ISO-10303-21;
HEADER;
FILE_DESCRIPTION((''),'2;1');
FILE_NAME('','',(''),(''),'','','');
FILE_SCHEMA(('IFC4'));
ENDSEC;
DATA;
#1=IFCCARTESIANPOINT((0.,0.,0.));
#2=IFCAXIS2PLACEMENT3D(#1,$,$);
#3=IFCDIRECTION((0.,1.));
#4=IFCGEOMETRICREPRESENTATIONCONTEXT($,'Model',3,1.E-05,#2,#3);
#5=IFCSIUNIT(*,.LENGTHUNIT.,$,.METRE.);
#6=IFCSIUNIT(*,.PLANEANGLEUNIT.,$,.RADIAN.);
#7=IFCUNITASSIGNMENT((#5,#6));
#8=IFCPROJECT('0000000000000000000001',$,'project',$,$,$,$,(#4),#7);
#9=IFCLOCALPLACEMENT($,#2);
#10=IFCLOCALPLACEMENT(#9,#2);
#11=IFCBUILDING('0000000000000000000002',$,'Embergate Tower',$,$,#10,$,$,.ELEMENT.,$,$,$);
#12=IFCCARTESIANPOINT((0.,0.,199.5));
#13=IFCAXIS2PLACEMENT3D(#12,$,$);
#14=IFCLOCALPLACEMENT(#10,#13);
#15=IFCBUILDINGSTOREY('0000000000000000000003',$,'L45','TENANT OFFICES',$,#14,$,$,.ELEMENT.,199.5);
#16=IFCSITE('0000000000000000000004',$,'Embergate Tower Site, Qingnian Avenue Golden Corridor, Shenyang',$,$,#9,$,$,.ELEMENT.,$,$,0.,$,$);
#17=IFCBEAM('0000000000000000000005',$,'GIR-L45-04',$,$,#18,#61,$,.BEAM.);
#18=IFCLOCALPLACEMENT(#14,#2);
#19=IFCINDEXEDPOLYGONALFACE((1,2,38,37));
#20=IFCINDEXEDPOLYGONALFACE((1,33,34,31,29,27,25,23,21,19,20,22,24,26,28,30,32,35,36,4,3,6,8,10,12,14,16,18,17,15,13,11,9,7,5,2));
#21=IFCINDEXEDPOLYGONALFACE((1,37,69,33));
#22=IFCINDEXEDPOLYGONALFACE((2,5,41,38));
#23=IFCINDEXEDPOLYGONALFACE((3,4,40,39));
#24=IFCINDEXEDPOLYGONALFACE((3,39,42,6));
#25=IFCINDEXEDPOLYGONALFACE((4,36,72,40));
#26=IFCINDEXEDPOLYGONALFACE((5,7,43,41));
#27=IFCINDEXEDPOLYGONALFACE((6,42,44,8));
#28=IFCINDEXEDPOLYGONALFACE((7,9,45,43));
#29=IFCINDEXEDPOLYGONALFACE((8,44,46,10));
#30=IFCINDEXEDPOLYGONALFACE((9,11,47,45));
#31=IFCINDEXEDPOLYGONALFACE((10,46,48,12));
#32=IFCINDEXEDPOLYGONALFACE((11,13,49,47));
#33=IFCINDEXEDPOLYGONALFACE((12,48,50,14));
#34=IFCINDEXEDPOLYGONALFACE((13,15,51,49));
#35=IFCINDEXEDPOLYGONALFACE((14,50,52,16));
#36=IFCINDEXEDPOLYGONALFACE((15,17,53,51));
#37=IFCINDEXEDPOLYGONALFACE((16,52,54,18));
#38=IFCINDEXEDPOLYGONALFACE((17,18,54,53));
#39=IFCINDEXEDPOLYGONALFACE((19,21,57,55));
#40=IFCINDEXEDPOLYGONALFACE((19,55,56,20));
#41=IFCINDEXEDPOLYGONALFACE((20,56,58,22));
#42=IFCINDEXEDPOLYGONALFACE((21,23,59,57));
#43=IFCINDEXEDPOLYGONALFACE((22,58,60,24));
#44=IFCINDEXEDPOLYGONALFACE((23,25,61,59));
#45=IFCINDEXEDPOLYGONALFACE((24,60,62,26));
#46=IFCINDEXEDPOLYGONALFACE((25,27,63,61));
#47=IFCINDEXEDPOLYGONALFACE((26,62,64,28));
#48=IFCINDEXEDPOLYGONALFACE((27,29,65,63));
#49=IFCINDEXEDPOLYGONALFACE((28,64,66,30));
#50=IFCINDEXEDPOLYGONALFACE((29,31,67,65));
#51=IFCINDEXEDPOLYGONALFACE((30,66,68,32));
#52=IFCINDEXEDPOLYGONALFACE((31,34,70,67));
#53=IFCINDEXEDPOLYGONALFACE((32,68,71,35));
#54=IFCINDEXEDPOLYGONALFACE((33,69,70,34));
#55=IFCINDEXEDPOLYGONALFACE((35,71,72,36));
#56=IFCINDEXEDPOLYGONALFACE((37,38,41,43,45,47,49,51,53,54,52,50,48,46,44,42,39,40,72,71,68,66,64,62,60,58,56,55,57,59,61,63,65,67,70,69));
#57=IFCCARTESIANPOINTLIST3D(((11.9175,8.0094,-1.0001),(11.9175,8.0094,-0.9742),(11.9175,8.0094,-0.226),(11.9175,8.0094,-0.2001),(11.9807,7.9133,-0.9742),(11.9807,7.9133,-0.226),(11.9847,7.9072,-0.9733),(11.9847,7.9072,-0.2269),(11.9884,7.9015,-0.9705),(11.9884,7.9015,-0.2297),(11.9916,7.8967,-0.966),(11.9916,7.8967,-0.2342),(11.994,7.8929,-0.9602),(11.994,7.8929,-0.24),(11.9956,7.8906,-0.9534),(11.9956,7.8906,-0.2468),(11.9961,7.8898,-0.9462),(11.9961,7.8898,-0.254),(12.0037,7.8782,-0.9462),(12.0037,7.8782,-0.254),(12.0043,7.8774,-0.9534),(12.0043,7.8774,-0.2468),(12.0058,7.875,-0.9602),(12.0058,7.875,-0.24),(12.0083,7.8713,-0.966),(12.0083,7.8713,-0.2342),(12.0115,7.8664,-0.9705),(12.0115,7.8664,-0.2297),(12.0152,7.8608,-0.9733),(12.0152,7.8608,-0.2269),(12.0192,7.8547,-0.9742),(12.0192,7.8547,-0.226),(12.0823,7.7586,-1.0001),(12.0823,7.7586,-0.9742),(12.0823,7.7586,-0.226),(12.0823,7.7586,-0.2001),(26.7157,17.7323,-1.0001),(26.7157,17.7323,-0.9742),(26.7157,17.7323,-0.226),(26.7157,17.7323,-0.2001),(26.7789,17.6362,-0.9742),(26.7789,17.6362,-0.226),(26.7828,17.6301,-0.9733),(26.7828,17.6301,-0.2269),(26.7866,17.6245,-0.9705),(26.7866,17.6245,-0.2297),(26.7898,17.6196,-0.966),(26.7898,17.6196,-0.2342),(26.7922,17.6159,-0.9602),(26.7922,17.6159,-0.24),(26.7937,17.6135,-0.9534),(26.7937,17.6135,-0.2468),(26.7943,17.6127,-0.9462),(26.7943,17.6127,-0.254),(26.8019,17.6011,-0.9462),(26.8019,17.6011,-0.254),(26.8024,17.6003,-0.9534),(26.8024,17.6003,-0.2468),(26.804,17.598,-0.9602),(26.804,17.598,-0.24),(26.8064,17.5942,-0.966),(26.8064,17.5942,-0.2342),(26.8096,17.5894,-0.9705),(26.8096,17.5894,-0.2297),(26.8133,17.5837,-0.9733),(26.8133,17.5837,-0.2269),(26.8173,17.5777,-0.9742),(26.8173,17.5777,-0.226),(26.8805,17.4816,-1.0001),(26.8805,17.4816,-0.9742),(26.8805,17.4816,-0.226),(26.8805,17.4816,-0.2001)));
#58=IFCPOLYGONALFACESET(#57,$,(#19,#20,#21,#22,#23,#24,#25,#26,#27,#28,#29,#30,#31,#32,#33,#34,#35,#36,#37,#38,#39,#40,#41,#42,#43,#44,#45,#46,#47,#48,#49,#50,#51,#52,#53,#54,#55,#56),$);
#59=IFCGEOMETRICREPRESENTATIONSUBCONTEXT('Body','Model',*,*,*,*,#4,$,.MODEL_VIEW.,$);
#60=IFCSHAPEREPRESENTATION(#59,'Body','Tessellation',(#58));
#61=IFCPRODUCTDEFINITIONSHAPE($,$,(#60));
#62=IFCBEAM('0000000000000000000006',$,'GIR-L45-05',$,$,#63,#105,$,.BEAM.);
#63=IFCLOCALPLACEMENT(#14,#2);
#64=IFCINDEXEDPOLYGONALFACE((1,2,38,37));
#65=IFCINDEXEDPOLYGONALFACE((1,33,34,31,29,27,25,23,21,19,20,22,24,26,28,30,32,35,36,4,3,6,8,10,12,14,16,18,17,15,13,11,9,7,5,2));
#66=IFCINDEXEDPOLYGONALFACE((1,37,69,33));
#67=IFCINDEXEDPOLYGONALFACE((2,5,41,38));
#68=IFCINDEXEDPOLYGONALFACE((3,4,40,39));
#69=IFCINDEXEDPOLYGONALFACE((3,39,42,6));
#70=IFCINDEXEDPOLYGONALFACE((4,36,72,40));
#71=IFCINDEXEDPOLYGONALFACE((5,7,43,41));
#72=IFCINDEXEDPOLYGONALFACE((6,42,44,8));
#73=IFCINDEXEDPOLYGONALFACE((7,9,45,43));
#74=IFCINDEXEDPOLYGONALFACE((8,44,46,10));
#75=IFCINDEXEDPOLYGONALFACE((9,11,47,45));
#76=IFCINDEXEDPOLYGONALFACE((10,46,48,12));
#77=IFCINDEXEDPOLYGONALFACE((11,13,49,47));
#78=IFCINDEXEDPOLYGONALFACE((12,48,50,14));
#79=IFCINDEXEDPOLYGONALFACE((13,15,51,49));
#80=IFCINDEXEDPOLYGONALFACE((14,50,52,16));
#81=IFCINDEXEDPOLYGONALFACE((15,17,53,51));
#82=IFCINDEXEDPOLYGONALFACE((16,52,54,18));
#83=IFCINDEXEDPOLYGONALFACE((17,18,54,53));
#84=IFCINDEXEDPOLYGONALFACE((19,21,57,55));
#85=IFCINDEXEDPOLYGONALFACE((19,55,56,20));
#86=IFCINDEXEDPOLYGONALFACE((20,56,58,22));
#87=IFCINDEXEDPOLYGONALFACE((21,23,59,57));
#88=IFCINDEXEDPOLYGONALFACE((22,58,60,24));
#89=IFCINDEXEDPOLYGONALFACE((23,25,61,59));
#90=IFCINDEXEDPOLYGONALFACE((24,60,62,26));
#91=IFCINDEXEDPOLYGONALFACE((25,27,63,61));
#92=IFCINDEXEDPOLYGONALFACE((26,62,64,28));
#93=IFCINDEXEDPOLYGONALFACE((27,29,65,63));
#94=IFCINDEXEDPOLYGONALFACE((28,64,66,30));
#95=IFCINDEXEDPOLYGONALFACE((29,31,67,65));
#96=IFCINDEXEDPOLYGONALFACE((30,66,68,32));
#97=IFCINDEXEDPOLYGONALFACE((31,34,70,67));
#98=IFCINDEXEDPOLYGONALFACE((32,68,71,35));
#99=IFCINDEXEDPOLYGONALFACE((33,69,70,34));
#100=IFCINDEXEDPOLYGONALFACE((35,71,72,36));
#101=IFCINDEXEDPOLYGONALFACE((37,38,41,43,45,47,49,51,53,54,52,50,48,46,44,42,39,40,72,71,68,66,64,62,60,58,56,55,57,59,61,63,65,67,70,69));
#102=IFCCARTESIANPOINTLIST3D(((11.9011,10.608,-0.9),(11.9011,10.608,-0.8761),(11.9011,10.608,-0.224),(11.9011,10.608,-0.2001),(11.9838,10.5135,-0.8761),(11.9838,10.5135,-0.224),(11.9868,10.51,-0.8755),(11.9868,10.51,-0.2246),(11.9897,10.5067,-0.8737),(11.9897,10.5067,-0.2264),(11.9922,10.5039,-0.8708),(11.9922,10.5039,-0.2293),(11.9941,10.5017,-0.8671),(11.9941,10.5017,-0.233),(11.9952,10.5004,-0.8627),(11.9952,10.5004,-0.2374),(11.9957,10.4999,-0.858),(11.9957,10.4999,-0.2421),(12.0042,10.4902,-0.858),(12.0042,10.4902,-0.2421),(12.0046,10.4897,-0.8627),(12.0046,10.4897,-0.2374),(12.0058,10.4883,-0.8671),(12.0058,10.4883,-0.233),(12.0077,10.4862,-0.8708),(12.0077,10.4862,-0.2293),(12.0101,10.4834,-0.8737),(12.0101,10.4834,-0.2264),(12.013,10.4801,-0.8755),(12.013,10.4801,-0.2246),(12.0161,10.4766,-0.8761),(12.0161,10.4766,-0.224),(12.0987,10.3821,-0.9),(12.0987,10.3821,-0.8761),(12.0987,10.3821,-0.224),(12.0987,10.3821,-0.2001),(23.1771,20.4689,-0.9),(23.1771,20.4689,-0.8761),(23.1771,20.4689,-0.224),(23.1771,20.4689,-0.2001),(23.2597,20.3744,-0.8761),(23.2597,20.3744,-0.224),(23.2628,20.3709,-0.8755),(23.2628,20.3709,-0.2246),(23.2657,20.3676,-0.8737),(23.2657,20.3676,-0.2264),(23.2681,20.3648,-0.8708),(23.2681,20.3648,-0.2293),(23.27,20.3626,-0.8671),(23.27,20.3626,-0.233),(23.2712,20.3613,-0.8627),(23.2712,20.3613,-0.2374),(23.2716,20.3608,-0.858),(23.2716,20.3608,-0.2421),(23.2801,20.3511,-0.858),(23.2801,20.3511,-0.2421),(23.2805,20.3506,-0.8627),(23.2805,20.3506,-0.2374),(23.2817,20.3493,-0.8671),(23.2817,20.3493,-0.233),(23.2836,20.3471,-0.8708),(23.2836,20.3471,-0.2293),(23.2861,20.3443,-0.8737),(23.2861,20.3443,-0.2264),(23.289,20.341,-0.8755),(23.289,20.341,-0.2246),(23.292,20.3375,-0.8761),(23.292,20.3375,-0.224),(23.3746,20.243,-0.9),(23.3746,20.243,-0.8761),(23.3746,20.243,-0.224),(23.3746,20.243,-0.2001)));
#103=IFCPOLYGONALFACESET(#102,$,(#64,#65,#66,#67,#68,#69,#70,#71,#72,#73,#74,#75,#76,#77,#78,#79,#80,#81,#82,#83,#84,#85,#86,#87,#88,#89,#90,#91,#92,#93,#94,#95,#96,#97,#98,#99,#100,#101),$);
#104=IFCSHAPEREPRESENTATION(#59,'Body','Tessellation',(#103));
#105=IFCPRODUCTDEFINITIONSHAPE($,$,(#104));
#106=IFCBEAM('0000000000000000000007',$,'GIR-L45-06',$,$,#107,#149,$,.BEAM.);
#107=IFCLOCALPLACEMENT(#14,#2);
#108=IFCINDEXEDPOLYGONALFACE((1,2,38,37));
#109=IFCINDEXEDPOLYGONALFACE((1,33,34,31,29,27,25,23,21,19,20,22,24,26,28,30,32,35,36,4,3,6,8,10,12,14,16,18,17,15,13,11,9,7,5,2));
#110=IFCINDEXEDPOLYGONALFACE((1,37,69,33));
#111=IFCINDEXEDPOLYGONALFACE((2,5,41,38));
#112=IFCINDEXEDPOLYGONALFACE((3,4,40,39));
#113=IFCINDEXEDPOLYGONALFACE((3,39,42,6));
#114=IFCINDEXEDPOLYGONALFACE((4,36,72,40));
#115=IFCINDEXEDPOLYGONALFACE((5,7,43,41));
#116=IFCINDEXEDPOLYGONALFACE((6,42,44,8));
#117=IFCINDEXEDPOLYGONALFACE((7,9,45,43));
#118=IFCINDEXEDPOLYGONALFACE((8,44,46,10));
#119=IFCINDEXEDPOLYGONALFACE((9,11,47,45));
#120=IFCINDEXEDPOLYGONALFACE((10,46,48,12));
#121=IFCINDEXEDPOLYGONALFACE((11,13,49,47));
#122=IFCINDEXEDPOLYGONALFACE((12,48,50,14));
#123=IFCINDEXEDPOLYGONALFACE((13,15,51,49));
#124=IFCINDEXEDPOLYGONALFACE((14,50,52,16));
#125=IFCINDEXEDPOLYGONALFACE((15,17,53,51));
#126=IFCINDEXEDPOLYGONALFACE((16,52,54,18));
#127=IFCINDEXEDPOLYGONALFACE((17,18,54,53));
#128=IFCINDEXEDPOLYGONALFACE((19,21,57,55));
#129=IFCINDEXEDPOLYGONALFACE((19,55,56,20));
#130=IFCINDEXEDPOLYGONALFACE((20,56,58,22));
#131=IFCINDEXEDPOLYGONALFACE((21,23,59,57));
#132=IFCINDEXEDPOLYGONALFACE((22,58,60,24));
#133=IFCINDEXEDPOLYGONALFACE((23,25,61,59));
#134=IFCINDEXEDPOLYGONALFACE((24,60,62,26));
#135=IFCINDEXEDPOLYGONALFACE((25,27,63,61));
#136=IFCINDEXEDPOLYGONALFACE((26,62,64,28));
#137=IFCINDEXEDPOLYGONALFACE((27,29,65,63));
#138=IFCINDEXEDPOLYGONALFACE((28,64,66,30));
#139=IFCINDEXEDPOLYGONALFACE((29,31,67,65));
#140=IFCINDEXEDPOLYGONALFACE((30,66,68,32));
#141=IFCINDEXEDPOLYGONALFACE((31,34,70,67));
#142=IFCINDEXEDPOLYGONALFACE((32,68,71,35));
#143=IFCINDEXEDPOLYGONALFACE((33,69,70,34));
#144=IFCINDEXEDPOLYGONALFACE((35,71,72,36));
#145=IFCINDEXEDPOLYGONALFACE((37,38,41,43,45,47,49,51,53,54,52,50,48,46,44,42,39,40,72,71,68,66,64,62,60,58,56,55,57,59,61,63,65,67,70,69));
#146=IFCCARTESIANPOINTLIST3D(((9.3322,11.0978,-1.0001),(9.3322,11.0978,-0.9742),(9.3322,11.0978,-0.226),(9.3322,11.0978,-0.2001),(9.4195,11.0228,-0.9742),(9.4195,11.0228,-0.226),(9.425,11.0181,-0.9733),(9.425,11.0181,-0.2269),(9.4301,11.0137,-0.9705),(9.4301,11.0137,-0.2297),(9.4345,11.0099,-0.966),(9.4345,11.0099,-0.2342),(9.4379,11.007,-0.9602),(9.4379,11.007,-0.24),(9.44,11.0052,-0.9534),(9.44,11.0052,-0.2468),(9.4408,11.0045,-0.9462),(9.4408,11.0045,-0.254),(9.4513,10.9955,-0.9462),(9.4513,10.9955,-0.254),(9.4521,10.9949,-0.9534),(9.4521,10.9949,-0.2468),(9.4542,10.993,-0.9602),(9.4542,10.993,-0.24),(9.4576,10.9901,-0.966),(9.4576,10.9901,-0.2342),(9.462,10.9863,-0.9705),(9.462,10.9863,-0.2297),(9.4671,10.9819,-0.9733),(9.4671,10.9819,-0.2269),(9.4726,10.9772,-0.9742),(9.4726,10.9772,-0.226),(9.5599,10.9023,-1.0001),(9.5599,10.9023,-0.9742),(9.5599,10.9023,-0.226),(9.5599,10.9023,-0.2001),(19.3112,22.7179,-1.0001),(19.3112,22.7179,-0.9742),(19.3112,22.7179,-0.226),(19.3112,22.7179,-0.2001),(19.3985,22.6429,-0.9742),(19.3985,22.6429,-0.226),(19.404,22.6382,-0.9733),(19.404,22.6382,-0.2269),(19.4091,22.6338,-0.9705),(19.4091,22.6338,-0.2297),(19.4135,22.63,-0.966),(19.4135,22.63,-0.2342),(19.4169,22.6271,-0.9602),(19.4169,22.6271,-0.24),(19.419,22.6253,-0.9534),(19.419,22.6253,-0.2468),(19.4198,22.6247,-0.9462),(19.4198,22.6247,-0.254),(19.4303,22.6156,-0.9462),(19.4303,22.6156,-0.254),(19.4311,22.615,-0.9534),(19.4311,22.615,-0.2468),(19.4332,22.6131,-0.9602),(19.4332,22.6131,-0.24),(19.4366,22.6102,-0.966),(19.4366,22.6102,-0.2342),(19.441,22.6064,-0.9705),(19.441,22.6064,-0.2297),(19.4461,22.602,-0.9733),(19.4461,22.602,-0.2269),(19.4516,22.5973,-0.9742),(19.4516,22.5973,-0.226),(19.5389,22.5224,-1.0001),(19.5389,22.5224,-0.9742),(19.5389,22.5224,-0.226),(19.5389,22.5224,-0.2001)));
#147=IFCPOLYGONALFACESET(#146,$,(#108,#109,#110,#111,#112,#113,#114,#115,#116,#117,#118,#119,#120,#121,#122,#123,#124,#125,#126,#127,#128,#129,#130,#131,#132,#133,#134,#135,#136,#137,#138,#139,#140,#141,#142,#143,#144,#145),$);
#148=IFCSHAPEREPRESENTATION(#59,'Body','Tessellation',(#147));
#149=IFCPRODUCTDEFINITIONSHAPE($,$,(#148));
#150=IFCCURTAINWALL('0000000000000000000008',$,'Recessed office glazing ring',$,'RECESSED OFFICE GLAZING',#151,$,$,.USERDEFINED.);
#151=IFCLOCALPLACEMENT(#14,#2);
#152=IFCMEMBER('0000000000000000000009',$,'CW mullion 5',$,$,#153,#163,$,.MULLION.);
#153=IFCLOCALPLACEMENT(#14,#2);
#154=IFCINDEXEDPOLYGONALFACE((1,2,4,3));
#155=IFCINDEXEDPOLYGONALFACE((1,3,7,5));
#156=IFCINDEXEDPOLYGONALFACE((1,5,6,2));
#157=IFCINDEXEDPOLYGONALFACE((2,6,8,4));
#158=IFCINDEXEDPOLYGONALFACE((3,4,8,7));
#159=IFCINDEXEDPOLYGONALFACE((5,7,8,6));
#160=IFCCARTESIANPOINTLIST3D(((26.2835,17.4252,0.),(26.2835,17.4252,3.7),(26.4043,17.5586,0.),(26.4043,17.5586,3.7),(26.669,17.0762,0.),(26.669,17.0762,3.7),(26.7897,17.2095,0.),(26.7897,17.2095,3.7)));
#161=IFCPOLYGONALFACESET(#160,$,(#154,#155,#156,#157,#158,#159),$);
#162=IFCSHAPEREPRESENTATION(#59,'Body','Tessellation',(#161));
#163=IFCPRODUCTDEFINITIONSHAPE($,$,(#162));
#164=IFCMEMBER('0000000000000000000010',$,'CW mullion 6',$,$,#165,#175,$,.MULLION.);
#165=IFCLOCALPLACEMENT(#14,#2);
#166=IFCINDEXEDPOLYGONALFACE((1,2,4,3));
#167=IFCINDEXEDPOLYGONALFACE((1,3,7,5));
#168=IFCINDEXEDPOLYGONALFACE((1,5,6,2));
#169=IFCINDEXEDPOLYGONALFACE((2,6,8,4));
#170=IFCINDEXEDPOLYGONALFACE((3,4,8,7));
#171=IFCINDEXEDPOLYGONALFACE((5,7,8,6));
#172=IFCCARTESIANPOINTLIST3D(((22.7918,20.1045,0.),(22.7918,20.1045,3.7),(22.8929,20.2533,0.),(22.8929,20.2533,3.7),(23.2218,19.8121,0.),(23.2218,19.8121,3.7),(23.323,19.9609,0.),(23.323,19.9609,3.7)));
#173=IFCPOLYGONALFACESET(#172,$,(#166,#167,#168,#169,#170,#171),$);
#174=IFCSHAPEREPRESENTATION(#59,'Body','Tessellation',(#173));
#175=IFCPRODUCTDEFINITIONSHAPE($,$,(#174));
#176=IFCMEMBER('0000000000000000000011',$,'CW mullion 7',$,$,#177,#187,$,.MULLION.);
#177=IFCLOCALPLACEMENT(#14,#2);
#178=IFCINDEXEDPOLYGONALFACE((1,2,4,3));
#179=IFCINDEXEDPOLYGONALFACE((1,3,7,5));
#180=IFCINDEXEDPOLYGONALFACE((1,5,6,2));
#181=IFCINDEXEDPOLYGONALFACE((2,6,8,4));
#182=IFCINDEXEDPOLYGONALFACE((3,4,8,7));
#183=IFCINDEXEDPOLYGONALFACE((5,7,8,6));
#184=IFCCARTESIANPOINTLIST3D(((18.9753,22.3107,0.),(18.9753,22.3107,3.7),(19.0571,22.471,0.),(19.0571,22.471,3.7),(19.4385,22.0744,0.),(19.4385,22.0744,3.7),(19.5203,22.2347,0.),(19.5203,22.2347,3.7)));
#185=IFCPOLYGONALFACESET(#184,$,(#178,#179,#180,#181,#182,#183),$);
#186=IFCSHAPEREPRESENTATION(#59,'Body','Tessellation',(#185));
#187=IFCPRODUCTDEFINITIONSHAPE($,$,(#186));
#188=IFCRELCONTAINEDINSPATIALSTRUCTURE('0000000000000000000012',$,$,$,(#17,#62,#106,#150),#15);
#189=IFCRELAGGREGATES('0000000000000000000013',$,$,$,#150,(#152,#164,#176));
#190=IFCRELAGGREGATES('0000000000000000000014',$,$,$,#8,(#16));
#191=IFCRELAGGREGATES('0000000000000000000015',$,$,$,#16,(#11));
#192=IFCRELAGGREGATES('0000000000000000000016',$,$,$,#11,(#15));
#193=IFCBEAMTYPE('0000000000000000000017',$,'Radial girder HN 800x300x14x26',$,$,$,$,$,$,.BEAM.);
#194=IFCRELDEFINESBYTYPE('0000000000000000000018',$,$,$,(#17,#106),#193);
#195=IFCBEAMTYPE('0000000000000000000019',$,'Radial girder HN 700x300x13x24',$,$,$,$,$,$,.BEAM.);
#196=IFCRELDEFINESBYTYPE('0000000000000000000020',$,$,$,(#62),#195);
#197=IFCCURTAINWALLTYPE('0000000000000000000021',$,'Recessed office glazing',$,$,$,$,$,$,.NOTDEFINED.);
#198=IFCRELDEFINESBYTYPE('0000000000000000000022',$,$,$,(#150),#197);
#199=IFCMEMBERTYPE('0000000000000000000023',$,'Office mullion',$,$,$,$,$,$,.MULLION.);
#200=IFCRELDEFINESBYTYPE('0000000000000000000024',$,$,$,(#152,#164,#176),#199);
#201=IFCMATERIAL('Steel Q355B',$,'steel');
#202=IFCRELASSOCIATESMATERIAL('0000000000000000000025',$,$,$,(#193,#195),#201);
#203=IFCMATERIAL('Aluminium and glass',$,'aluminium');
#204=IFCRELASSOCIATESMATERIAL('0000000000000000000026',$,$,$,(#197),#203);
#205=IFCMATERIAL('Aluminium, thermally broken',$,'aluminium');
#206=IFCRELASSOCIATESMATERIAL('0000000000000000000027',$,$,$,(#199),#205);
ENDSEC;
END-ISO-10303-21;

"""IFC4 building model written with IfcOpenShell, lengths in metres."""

from ifc_helpers import new_model, si_unit, direction, frame, origin, origin_2d, place, context, subcontext, project, spatial, rectangle, i_section, extrude, source, transform, mapped, material, material_profile, profile_set, type_object, element, aggregate, save


model = new_model("IFC4")

# Units and contexts
model_context = context("Model", 3, precision=1e-05, world=origin(), true_north=direction((0.0, 1.0)))
body_context = subcontext(model_context, "Body", "Model", "MODEL_VIEW")
ifc_project = project(units=[si_unit("LENGTHUNIT", "METRE"), si_unit("PLANEANGLEUNIT", "RADIAN")], contexts=[model_context])

# Site, building, storey
site_placement = place(None, origin())
site = spatial("IfcSite", under=ifc_project, at=site_placement, Name="Embergate Tower Site, Qingnian Avenue Golden Corridor, Shenyang", CompositionType="ELEMENT", RefElevation=0.0)
building_placement = place(site_placement, origin())
building = spatial("IfcBuilding", under=site, at=building_placement, Name="Embergate Tower", CompositionType="ELEMENT")
storey_placement = place(building_placement, frame((0.0, 0.0, 199.5)))
storey = spatial("IfcBuildingStorey", under=building, at=storey_placement, Name="L45", Description="TENANT OFFICES", CompositionType="ELEMENT", Elevation=199.5)

# Beams
ifc_material_1 = material(Name="Steel Q355B", Category="steel")
ifc_material_profile_1 = material_profile(ifc_material_1, i_section(OverallWidth=0.3, OverallDepth=0.8, WebThickness=0.0139, FlangeThickness=0.0259, FilletRadius=0.0281, at=origin_2d()), Name="HN 800x300x14x26")
ifc_profile_set_1 = profile_set([ifc_material_profile_1], Name="Steel Q355 grade B")
beam_type_1 = type_object("IfcBeamType", Name="Radial girder HN 800x300x14x26", PredefinedType="BEAM", material=ifc_profile_set_1)
shared_shape_1 = source(origin(), body_context, "Body", "SweptSolid", [
    extrude(i_section(OverallWidth=0.3, OverallDepth=0.8, WebThickness=0.0139, FlangeThickness=0.0259, FilletRadius=0.0281, at=origin_2d()), origin(), (0.0, 0.0, 1.0), 17.7065),
])
beam_1_placement = place(storey_placement, frame((26.7981, 17.6069, -0.6001), z_axis=(-0.835746, -0.549116, 0.0), x_axis=(0.549116, -0.835746, 0.0)))
element("IfcBeam", 1, at=beam_1_placement, inside=storey, type_object=beam_type_1, Name="GIR-L45-04", PredefinedType="BEAM", context=body_context, shape_type="MappedRepresentation", body=[
    mapped(shared_shape_1, transform((0.0, 0.0, 0.0))),
])
ifc_material_profile_2 = material_profile(ifc_material_1, i_section(OverallWidth=0.3, OverallDepth=0.7, WebThickness=0.0129, FlangeThickness=0.0239, FilletRadius=0.0181, at=origin_2d()), Name="HN 700x300x13x24")
ifc_profile_set_2 = profile_set([ifc_material_profile_2], Name="Steel Q355 grade B")
beam_type_2 = type_object("IfcBeamType", Name="Radial girder HN 700x300x13x24", PredefinedType="BEAM", material=ifc_profile_set_2)
shared_shape_2 = source(origin(), body_context, "Body", "SweptSolid", [
    extrude(i_section(OverallWidth=0.3, OverallDepth=0.7, WebThickness=0.0129, FlangeThickness=0.0239, FilletRadius=0.0181, at=origin_2d()), origin(), (0.0, 0.0, 1.0), 14.9795),
])
beam_2_placement = place(storey_placement, frame((23.2759, 20.356, -0.55), z_axis=(-0.75276, -0.658295, 0.0), x_axis=(0.658295, -0.75276, 0.0)))
element("IfcBeam", 2, at=beam_2_placement, inside=storey, type_object=beam_type_2, Name="GIR-L45-05", PredefinedType="BEAM", context=body_context, shape_type="MappedRepresentation", body=[
    mapped(shared_shape_2, transform((0.0, 0.0, 0.0))),
])
shared_shape_3 = source(origin(), body_context, "Body", "SweptSolid", [
    extrude(i_section(OverallWidth=0.3, OverallDepth=0.8, WebThickness=0.0139, FlangeThickness=0.0259, FilletRadius=0.0281, at=origin_2d()), origin(), (0.0, 0.0, 1.0), 15.3169),
])
beam_3_placement = place(storey_placement, frame((19.425, 22.6201, -0.6001), z_axis=(-0.651503, -0.758646, 0.0), x_axis=(0.758646, -0.651503, 0.0)))
element("IfcBeam", 3, at=beam_3_placement, inside=storey, type_object=beam_type_1, Name="GIR-L45-06", PredefinedType="BEAM", context=body_context, shape_type="MappedRepresentation", body=[
    mapped(shared_shape_3, transform((0.0, 0.0, 0.0))),
])

# Curtain wall, members
ifc_material_2 = material(Name="Aluminium and glass", Category="aluminium")
curtain_wall_type = type_object("IfcCurtainWallType", Name="Recessed office glazing", PredefinedType="NOTDEFINED", material=ifc_material_2)
curtain_wall_placement = place(storey_placement, origin())
curtain_wall = element("IfcCurtainWall", 4, at=curtain_wall_placement, inside=storey, type_object=curtain_wall_type, Name="Recessed office glazing ring", ObjectType="RECESSED OFFICE GLAZING", PredefinedType="USERDEFINED")
ifc_material_3 = material(Name="Aluminium, thermally broken", Category="aluminium")
ifc_material_profile_3 = material_profile(ifc_material_3, rectangle(XDim=0.1799, YDim=0.52, at=origin_2d()), Name="AL 520x180")
ifc_profile_set_3 = profile_set([ifc_material_profile_3], Name="Aluminium, thermally broken")
member_type_1 = type_object("IfcMemberType", Name="Office mullion", PredefinedType="MULLION", material=ifc_profile_set_3)
shared_shape_4 = source(origin(), body_context, "Body", "SweptSolid", [
    extrude(rectangle(XDim=0.1799, YDim=0.52, at=origin_2d()), origin(), (0.0, 0.0, 1.0), 3.7),
])
member_1_placement = place(storey_placement, frame((26.5366, 17.3174, 0.0), z_axis=(0.0, 0.0, 1.0), x_axis=(-0.671236, -0.741244, 0.0)))
member_1 = element("IfcMember", 5, at=member_1_placement, type_object=member_type_1, Name="CW mullion 5", PredefinedType="MULLION", context=body_context, shape_type="MappedRepresentation", body=[
    mapped(shared_shape_4, transform((0.0, 0.0, 0.0))),
])
member_2_placement = place(storey_placement, frame((23.0574, 20.0327, 0.0), z_axis=(0.0, 0.0, 1.0), x_axis=(-0.562226, -0.826983, 0.0)))
member_2 = element("IfcMember", 6, at=member_2_placement, type_object=member_type_1, Name="CW mullion 6", PredefinedType="MULLION", context=body_context, shape_type="MappedRepresentation", body=[
    mapped(shared_shape_4, transform((0.0, 0.0, 0.0))),
])
member_3_placement = place(storey_placement, frame((19.2478, 22.2727, 0.0), z_axis=(0.0, 0.0, 1.0), x_axis=(-0.454521, -0.890736, 0.0)))
member_3 = element("IfcMember", 7, at=member_3_placement, type_object=member_type_1, Name="CW mullion 7", PredefinedType="MULLION", context=body_context, shape_type="MappedRepresentation", body=[
    mapped(shared_shape_4, transform((0.0, 0.0, 0.0))),
])
aggregate(curtain_wall, [member_1, member_2, member_3])

save(model, "model.ifc")
